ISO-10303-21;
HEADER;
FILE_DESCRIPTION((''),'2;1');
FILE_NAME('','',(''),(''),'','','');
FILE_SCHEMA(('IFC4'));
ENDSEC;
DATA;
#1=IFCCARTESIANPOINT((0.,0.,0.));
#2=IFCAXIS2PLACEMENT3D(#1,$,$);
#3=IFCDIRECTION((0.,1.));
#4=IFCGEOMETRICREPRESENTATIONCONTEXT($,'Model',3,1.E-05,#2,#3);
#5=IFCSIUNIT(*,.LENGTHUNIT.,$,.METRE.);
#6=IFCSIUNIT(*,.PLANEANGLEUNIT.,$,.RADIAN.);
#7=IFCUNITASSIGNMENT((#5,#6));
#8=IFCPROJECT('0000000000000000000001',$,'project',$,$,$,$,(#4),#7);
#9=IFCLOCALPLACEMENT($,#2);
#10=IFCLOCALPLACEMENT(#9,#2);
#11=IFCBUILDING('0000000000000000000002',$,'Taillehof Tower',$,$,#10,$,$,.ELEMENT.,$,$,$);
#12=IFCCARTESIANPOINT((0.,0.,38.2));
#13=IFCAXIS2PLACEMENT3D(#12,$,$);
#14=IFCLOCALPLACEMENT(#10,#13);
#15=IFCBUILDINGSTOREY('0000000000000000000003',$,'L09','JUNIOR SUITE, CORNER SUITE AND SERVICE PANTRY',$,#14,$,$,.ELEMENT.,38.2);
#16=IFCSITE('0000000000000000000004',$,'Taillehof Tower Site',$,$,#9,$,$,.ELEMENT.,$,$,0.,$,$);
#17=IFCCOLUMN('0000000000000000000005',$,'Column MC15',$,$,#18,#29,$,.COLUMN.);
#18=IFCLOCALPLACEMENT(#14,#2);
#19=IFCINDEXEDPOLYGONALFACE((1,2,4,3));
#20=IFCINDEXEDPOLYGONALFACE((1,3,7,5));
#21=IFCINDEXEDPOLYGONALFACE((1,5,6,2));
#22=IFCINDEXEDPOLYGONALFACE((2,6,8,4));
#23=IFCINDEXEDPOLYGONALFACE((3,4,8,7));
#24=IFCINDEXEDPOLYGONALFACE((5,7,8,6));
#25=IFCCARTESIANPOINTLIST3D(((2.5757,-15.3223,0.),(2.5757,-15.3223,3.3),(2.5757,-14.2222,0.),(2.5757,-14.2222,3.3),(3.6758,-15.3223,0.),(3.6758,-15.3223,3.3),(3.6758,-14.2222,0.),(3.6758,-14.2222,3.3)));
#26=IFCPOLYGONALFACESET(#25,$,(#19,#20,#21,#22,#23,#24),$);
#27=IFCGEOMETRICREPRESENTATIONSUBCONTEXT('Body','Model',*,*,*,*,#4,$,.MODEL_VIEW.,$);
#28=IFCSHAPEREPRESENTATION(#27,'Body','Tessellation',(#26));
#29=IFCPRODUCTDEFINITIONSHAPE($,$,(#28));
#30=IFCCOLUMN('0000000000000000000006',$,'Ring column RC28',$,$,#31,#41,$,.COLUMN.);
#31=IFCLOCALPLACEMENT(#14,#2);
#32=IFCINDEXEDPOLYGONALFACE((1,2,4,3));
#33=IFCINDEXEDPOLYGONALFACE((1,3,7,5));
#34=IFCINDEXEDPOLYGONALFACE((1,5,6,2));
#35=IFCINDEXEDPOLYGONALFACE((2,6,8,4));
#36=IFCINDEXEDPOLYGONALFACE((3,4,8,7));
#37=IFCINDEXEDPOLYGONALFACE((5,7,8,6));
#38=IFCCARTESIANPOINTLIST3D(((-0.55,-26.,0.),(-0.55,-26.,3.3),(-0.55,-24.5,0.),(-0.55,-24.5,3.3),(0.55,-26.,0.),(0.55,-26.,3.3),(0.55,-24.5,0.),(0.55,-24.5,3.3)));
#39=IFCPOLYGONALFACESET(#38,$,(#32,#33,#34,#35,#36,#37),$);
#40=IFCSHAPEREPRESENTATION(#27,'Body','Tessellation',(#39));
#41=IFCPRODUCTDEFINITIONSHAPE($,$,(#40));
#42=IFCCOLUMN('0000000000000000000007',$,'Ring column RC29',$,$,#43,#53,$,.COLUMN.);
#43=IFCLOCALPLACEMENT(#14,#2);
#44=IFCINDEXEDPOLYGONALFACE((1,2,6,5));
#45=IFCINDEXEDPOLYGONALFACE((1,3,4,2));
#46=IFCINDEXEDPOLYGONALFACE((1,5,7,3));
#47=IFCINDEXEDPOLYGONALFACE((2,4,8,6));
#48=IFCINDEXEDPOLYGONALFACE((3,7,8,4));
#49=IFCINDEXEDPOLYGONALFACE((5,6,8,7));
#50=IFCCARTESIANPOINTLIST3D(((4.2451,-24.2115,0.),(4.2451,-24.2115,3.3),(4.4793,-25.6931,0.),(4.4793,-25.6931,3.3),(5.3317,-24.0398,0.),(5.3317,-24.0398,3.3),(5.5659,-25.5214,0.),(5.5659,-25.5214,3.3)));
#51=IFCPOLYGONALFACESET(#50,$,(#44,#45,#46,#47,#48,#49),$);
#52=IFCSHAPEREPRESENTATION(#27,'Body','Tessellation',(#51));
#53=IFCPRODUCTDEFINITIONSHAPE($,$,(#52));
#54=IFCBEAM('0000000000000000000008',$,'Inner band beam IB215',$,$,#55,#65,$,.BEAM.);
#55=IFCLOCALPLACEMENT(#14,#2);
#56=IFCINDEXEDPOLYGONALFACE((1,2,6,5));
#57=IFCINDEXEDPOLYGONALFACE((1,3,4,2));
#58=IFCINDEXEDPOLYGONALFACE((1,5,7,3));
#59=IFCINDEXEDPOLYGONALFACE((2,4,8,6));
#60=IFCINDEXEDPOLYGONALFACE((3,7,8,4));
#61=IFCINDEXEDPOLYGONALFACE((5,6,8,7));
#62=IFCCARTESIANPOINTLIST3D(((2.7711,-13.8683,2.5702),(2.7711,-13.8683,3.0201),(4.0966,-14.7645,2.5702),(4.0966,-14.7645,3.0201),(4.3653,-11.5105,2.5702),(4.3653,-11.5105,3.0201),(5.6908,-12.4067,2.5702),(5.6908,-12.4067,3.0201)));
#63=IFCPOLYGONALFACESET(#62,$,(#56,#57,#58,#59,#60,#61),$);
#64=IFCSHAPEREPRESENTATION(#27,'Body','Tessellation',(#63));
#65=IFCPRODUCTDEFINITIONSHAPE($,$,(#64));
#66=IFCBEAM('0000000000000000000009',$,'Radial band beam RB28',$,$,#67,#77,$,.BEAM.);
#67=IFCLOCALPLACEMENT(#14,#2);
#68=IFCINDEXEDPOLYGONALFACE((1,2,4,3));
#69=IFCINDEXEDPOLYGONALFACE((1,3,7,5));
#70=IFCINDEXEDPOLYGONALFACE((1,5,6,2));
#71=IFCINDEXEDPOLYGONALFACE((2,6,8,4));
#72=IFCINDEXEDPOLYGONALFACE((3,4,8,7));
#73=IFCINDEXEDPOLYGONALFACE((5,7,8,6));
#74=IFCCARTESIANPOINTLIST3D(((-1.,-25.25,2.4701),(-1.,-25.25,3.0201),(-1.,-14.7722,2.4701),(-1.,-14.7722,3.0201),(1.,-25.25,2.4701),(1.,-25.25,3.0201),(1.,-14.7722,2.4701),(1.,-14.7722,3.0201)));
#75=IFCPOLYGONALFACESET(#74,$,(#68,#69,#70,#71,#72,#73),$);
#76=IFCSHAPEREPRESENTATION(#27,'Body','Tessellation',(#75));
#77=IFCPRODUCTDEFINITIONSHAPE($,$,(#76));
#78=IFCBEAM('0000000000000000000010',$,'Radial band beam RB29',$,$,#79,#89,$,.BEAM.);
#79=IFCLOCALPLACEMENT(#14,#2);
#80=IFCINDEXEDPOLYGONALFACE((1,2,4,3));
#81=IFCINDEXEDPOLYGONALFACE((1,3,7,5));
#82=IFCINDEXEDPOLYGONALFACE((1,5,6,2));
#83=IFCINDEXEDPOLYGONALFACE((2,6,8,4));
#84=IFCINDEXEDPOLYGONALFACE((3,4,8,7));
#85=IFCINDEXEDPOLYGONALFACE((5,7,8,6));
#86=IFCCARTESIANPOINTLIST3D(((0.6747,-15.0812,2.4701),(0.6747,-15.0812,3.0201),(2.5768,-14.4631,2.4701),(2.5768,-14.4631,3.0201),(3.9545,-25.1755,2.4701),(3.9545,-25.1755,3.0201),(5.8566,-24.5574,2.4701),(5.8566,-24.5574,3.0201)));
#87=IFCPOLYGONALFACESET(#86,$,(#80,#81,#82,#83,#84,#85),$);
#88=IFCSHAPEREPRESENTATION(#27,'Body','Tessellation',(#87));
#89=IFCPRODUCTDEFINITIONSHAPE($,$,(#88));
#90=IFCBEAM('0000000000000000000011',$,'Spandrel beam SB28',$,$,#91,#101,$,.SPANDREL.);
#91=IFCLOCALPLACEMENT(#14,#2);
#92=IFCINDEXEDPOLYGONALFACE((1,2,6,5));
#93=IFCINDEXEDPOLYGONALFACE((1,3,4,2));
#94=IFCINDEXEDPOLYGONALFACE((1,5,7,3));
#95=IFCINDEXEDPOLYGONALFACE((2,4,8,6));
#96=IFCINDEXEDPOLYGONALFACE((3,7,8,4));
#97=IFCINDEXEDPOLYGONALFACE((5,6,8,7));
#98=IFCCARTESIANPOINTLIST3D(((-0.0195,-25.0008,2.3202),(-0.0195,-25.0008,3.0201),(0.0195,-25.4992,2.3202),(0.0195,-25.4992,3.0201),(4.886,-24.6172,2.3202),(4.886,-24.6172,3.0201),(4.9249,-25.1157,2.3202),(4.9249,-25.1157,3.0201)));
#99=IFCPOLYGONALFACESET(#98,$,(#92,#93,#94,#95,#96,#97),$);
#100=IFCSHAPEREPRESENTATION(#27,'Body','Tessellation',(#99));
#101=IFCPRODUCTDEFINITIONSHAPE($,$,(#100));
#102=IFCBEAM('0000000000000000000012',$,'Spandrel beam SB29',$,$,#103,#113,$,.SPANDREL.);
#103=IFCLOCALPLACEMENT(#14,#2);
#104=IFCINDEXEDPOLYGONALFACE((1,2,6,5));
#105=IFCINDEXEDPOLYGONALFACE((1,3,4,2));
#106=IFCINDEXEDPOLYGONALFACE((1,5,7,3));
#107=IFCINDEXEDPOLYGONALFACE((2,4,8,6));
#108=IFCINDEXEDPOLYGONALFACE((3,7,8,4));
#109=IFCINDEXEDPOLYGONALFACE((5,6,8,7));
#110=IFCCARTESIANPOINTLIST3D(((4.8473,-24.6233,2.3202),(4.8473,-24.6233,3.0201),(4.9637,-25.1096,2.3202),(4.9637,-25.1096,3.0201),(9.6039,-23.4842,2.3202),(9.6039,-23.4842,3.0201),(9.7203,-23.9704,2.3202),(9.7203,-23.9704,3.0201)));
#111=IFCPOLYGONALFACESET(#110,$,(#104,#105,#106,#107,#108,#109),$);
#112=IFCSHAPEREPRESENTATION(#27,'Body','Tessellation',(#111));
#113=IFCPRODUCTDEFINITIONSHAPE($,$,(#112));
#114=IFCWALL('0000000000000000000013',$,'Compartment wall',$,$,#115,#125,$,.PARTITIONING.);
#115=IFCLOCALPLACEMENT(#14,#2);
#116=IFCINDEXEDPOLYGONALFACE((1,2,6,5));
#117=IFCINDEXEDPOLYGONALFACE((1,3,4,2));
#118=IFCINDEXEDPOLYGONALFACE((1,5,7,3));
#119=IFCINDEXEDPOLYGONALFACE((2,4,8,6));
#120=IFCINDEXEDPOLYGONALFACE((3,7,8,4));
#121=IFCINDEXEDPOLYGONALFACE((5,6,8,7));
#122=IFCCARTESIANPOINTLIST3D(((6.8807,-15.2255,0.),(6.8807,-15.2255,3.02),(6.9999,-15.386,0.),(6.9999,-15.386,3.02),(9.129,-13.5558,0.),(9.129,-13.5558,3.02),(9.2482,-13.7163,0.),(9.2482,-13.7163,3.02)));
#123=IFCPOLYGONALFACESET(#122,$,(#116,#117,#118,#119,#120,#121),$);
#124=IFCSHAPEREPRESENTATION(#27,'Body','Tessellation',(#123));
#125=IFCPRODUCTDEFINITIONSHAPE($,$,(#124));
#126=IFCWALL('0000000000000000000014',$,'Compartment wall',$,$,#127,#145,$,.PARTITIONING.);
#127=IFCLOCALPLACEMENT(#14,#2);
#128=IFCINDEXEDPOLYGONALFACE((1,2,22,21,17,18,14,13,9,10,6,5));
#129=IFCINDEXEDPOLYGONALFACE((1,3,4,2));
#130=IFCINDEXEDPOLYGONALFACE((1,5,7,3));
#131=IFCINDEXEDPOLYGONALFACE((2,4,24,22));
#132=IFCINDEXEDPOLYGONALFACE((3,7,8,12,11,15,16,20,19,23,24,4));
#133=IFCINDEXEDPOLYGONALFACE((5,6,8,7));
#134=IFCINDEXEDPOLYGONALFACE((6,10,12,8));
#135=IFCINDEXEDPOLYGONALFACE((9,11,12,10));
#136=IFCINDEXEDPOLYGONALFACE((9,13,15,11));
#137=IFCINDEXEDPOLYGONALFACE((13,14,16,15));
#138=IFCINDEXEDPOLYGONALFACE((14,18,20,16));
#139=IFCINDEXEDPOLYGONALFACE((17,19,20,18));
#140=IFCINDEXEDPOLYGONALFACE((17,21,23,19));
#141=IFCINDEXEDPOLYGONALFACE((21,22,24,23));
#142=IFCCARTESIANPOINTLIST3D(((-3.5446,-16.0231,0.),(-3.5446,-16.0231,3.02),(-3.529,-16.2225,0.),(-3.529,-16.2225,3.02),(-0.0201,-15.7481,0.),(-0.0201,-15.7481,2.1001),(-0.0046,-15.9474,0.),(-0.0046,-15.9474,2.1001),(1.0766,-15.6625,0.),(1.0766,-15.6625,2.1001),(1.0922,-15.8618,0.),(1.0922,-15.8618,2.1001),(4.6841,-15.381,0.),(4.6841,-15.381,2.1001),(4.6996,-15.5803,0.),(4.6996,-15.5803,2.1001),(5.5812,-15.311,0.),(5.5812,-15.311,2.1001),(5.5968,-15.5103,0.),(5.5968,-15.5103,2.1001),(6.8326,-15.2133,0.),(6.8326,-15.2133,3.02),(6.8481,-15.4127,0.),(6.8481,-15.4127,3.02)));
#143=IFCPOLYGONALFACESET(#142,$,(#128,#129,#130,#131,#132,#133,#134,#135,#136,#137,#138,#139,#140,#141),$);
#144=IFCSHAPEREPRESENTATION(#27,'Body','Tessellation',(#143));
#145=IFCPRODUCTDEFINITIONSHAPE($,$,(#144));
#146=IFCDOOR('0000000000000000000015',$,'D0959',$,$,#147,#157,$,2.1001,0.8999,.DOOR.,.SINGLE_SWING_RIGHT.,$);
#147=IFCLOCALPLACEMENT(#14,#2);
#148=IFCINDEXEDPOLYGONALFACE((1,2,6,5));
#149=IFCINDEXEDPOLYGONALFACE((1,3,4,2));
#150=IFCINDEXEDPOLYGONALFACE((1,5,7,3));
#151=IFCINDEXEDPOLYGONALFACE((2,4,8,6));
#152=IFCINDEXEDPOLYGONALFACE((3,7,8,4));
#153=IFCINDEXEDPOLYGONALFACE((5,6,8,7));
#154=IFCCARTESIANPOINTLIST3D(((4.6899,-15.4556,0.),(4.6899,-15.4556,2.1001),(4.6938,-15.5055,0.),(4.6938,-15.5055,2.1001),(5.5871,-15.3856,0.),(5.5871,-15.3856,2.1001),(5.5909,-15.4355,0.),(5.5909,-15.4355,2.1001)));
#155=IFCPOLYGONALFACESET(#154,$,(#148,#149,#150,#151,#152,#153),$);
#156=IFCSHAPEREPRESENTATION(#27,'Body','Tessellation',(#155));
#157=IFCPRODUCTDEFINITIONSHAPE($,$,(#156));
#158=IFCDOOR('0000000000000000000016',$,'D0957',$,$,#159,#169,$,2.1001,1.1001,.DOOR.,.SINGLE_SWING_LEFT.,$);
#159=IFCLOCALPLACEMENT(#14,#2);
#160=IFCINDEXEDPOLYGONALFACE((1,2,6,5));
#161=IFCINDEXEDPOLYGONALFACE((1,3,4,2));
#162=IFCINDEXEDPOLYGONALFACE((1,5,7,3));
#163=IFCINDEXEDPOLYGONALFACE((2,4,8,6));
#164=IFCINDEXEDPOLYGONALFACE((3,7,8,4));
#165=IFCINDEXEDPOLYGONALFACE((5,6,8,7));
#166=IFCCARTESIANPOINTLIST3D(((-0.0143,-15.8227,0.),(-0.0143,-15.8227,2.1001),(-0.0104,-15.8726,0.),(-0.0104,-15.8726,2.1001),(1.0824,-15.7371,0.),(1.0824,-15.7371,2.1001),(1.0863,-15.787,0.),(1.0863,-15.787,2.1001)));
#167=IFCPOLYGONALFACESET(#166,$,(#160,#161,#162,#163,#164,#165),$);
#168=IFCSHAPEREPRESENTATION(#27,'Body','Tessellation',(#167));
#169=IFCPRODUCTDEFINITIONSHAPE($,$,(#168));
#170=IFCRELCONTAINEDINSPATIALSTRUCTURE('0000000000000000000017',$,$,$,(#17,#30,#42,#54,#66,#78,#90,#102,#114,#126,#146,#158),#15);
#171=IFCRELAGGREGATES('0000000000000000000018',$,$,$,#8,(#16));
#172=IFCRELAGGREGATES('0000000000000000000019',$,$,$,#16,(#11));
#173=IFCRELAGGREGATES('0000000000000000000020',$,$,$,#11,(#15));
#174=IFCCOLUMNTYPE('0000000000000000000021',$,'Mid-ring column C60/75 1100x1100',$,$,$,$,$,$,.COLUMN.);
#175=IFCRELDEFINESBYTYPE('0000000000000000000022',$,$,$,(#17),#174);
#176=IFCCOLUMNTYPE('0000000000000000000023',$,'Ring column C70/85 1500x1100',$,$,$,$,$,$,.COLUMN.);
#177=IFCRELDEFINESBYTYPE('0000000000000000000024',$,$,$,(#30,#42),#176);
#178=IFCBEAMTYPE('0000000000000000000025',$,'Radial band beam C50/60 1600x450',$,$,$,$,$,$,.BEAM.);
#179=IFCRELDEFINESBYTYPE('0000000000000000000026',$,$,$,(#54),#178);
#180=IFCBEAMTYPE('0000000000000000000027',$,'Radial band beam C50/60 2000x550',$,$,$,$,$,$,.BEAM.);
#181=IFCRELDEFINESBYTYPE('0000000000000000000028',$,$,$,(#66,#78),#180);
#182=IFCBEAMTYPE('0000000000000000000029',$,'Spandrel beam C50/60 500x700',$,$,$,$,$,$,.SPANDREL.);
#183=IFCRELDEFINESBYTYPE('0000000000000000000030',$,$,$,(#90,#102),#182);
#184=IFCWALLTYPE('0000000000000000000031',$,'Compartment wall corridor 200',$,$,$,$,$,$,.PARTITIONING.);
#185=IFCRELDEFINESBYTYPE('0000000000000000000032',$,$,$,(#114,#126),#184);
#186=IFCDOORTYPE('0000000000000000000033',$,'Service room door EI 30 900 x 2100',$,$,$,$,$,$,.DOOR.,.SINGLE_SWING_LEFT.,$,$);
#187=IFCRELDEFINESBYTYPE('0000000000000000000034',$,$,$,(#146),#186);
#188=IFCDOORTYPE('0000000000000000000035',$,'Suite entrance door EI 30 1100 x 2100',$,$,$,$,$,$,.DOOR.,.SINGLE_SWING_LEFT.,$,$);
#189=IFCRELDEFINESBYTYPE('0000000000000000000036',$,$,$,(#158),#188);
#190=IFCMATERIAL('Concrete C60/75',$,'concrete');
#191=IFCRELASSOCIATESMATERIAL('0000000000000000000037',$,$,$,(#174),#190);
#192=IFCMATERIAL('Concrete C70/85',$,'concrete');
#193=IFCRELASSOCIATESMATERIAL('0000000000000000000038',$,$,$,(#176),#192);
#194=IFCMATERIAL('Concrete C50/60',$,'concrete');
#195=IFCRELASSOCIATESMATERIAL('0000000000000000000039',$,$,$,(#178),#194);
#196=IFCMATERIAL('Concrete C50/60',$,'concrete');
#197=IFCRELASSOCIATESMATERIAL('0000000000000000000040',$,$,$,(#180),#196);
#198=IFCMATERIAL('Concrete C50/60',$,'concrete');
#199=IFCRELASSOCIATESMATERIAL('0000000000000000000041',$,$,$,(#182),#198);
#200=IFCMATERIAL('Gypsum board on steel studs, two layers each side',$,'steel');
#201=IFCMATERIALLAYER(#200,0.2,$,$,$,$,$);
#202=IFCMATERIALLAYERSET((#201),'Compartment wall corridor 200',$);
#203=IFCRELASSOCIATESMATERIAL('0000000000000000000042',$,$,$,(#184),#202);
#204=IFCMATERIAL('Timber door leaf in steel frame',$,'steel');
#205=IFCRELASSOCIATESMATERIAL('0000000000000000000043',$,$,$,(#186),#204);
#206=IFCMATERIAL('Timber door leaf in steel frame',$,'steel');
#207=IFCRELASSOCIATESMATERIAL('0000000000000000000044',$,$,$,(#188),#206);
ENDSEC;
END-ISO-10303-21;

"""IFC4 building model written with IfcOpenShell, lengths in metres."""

from ifc_helpers import new_model, si_unit, direction, frame, frame_2d, origin, origin_2d, place, context, subcontext, project, spatial, rectangle, extrude, material, layer, layer_set, material_profile, profile_set, type_object, element, fill, save


model = new_model("IFC4")

# Units and contexts
model_context = context("Model", 3, precision=1e-05, world=origin(), true_north=direction((0.0, 1.0)))
body_context = subcontext(model_context, "Body", "Model", "MODEL_VIEW")
ifc_project = project(units=[si_unit("LENGTHUNIT", "METRE"), si_unit("PLANEANGLEUNIT", "RADIAN")], contexts=[model_context])

# Site, building, storey
site_placement = place(None, origin())
site = spatial("IfcSite", under=ifc_project, at=site_placement, Name="Taillehof Tower Site", CompositionType="ELEMENT", RefElevation=0.0)
building_placement = place(site_placement, origin())
building = spatial("IfcBuilding", under=site, at=building_placement, Name="Taillehof Tower", CompositionType="ELEMENT")
storey_placement = place(building_placement, frame((0.0, 0.0, 38.2)))
storey = spatial("IfcBuildingStorey", under=building, at=storey_placement, Name="L09", Description="JUNIOR SUITE, CORNER SUITE AND SERVICE PANTRY", CompositionType="ELEMENT", Elevation=38.2)

# Columns
ifc_material_1 = material(Name="Concrete C60/75", Category="concrete")
ifc_material_profile_1 = material_profile(ifc_material_1, rectangle(XDim=1.1001, YDim=1.1001, at=origin_2d()), Name="RC 1100x1100")
ifc_profile_set_1 = profile_set([ifc_material_profile_1], Name="Concrete C60/75")
column_type_1 = type_object("IfcColumnType", Name="Mid-ring column C60/75 1100x1100", PredefinedType="COLUMN", material=ifc_profile_set_1)
column_placement = place(storey_placement, frame((3.1257, -14.7722, 0.0), z_axis=(0.0, 0.0, 1.0), x_axis=(1.0, 0.0, 0.0)))
element("IfcColumn", 1, at=column_placement, inside=storey, type_object=column_type_1, Name="Column MC15", PredefinedType="COLUMN", context=body_context, shape_type="SweptSolid", body=[
    extrude(rectangle(XDim=1.1001, YDim=1.1001, at=origin_2d()), origin(), (0.0, 0.0, 1.0), 3.3),
])
ifc_material_2 = material(Name="Concrete C70/85", Category="concrete")
ifc_material_profile_2 = material_profile(ifc_material_2, rectangle(XDim=1.5, YDim=1.1001, at=origin_2d()), Name="RC 1500x1100")
ifc_profile_set_2 = profile_set([ifc_material_profile_2], Name="Concrete C70/85")
column_type_2 = type_object("IfcColumnType", Name="Ring column C70/85 1500x1100", PredefinedType="COLUMN", material=ifc_profile_set_2)
for number, where, z_axis, x_axis, name in (
    (2, (0.0, -25.25, 0.0), (0.0, 0.0, 1.0), (0.0, -1.0, 0.0), "Ring column RC28"),
    (3, (4.9055, -24.8665, 0.0), (0.0, 0.0, 1.0), (0.156147, -0.987734, 0.0), "Ring column RC29"),
):
    element("IfcColumn", number, at=place(storey_placement, frame(where, z_axis=z_axis, x_axis=x_axis)), inside=storey, type_object=column_type_2, Name=name, PredefinedType="COLUMN", context=body_context, shape_type="SweptSolid", body=[
        extrude(rectangle(XDim=1.5, YDim=1.1001, at=origin_2d()), origin(), (0.0, 0.0, 1.0), 3.3),
    ])

# Beams
ifc_material_3 = material(Name="Concrete C50/60", Category="concrete")
ifc_material_profile_3 = material_profile(ifc_material_3, rectangle(XDim=1.6001, YDim=0.45, at=origin_2d()), Name="RC 1600x450")
ifc_profile_set_3 = profile_set([ifc_material_profile_3], Name="Concrete C50/60")
beam_type_1 = type_object("IfcBeamType", Name="Radial band beam C50/60 1600x450", PredefinedType="BEAM", material=ifc_profile_set_3)
beam_1_placement = place(storey_placement, frame((3.4338, -14.3164, 2.7952), z_axis=(0.560112, 0.828417, 0.0), x_axis=(-0.828417, 0.560112, 0.0)))
element("IfcBeam", 4, at=beam_1_placement, inside=storey, type_object=beam_type_1, Name="Inner band beam IB215", PredefinedType="BEAM", context=body_context, shape_type="SweptSolid", body=[
    extrude(rectangle(XDim=1.6001, YDim=0.45, at=origin_2d()), origin(), (0.0, 0.0, 1.0), 2.8462),
])
ifc_material_4 = material(Name="Concrete C50/60", Category="concrete")
ifc_material_profile_4 = material_profile(ifc_material_4, rectangle(XDim=2.0, YDim=0.55, at=origin_2d()), Name="RC 2000x550")
ifc_profile_set_4 = profile_set([ifc_material_profile_4], Name="Concrete C50/60")
beam_type_2 = type_object("IfcBeamType", Name="Radial band beam C50/60 2000x550", PredefinedType="BEAM", material=ifc_profile_set_4)
beam_2_placement = place(storey_placement, frame((0.0, -25.25, 2.7451), z_axis=(0.0, 1.0, 0.0), x_axis=(-1.0, 0.0, 0.0)))
element("IfcBeam", 5, at=beam_2_placement, inside=storey, type_object=beam_type_2, Name="Radial band beam RB28", PredefinedType="BEAM", context=body_context, shape_type="SweptSolid", body=[
    extrude(rectangle(XDim=2.0, YDim=0.55, at=origin_2d()), origin(), (0.0, 0.0, 1.0), 10.4778),
])
beam_3_placement = place(storey_placement, frame((4.9055, -24.8665, 2.7451), z_axis=(-0.309014, 0.951057, 0.0), x_axis=(-0.951057, -0.309014, 0.0)))
element("IfcBeam", 6, at=beam_3_placement, inside=storey, type_object=beam_type_2, Name="Radial band beam RB29", PredefinedType="BEAM", context=body_context, shape_type="SweptSolid", body=[
    extrude(rectangle(XDim=2.0, YDim=0.55, at=origin_2d()), origin(), (0.0, 0.0, 1.0), 10.6138),
])
ifc_material_5 = material(Name="Concrete C50/60", Category="concrete")
ifc_material_profile_5 = material_profile(ifc_material_5, rectangle(XDim=0.5, YDim=0.7, at=origin_2d()), Name="RC 500x700")
ifc_profile_set_5 = profile_set([ifc_material_profile_5], Name="Concrete C50/60")
beam_type_3 = type_object("IfcBeamType", Name="Spandrel beam C50/60 500x700", PredefinedType="SPANDREL", material=ifc_profile_set_5)
beam_4_placement = place(storey_placement, frame((0.0, -25.25, 2.6702), z_axis=(0.996957, 0.077949, 0.0), x_axis=(-0.077949, 0.996957, 0.0)))
element("IfcBeam", 7, at=beam_4_placement, inside=storey, type_object=beam_type_3, Name="Spandrel beam SB28", PredefinedType="SPANDREL", context=body_context, shape_type="SweptSolid", body=[
    extrude(rectangle(XDim=0.5, YDim=0.7, at=origin_2d()), origin(), (0.0, 0.0, 1.0), 4.9204),
])
beam_5_placement = place(storey_placement, frame((4.9055, -24.8665, 2.6702), z_axis=(0.9725, 0.232905, 0.0), x_axis=(-0.232905, 0.9725, 0.0)))
element("IfcBeam", 8, at=beam_5_placement, inside=storey, type_object=beam_type_3, Name="Spandrel beam SB29", PredefinedType="SPANDREL", context=body_context, shape_type="SweptSolid", body=[
    extrude(rectangle(XDim=0.5, YDim=0.7, at=origin_2d()), origin(), (0.0, 0.0, 1.0), 4.8911),
])

# Wall
ifc_material_6 = material(Name="Gypsum board on steel studs, two layers each side", Category="steel")
ifc_layer_1 = layer(ifc_material_6, 0.2)
ifc_layer_set_1 = layer_set([ifc_layer_1], Name="Compartment wall corridor 200")
wall_type_1 = type_object("IfcWallType", Name="Compartment wall corridor 200", PredefinedType="PARTITIONING", material=ifc_layer_set_1)
wall_1_placement = place(storey_placement, frame((9.1887, -13.636, 0.0), z_axis=(0.0, 0.0, 1.0), x_axis=(-0.802826, -0.596213, 0.0)))
element("IfcWall", 9, at=wall_1_placement, inside=storey, type_object=wall_type_1, Name="Compartment wall", PredefinedType="PARTITIONING", context=body_context, shape_type="SweptSolid", body=[
    extrude(rectangle(XDim=2.8005, YDim=0.2, at=frame_2d((1.4004, 0.0))), origin(), (0.0, 0.0, 1.0), 3.02),
])

# Wall, openings, doors
wall_2_placement = place(storey_placement, frame((6.8403, -15.313, 0.0), z_axis=(0.0, 0.0, 1.0), x_axis=(-0.996969, -0.077801, 0.0)))
wall_2 = element("IfcWall", 10, at=wall_2_placement, inside=storey, type_object=wall_type_1, Name="Compartment wall", PredefinedType="PARTITIONING", context=body_context, shape_type="SweptSolid", body=[
    extrude(rectangle(XDim=10.4087, YDim=0.2, at=frame_2d((5.2043, 0.0))), origin(), (0.0, 0.0, 1.0), 3.02),
])
opening_1_placement = place(wall_2_placement, frame((5.7734, 0.0, 0.0)))
opening_1 = element("IfcOpeningElement", 11, at=opening_1_placement, cuts=wall_2, PredefinedType="OPENING", context=body_context, shape_type="SweptSolid", body=[
    extrude(rectangle(XDim=1.1001, YDim=2.1001, at=frame_2d((0.55, 1.05))), frame((0.0, 0.1099, 0.0), z_axis=(0.0, -1.0, 0.0), x_axis=(1.0, 0.0, 0.0)), (0.0, 0.0, 1.0), 0.22),
])
opening_2_placement = place(wall_2_placement, frame((1.2551, 0.0, 0.0)))
opening_2 = element("IfcOpeningElement", 12, at=opening_2_placement, cuts=wall_2, PredefinedType="OPENING", context=body_context, shape_type="SweptSolid", body=[
    extrude(rectangle(XDim=0.8999, YDim=2.1001, at=frame_2d((0.45, 1.05))), frame((0.0, 0.1099, 0.0), z_axis=(0.0, -1.0, 0.0), x_axis=(1.0, 0.0, 0.0)), (0.0, 0.0, 1.0), 0.22),
])
ifc_material_7 = material(Name="Timber door leaf in steel frame", Category="steel")
door_type_1 = type_object("IfcDoorType", Name="Service room door EI 30 900 x 2100", OperationType="SINGLE_SWING_LEFT", PredefinedType="DOOR", material=ifc_material_7)
door_1_placement = place(opening_2_placement, origin())
door_1 = element("IfcDoor", 13, at=door_1_placement, inside=storey, type_object=door_type_1, Name="D0959", OperationType="SINGLE_SWING_RIGHT", OverallHeight=2.1001, OverallWidth=0.8999, PredefinedType="DOOR", context=body_context, shape_type="SweptSolid", body=[
    extrude(rectangle(XDim=0.8999, YDim=2.1001, at=frame_2d((0.45, 1.05))), frame((0.0, 0.0249, 0.0), z_axis=(0.0, -1.0, 0.0), x_axis=(1.0, 0.0, 0.0)), (0.0, 0.0, 1.0), 0.05),
])
fill(opening_2, door_1)
ifc_material_8 = material(Name="Timber door leaf in steel frame", Category="steel")
door_type_2 = type_object("IfcDoorType", Name="Suite entrance door EI 30 1100 x 2100", OperationType="SINGLE_SWING_LEFT", PredefinedType="DOOR", material=ifc_material_8)
door_2_placement = place(opening_1_placement, origin())
door_2 = element("IfcDoor", 14, at=door_2_placement, inside=storey, type_object=door_type_2, Name="D0957", OperationType="SINGLE_SWING_LEFT", OverallHeight=2.1001, OverallWidth=1.1001, PredefinedType="DOOR", context=body_context, shape_type="SweptSolid", body=[
    extrude(rectangle(XDim=1.1001, YDim=2.1001, at=frame_2d((0.55, 1.05))), frame((0.0, 0.0249, 0.0), z_axis=(0.0, -1.0, 0.0), x_axis=(1.0, 0.0, 0.0)), (0.0, 0.0, 1.0), 0.05),
])
fill(opening_1, door_2)

save(model, "model.ifc")
